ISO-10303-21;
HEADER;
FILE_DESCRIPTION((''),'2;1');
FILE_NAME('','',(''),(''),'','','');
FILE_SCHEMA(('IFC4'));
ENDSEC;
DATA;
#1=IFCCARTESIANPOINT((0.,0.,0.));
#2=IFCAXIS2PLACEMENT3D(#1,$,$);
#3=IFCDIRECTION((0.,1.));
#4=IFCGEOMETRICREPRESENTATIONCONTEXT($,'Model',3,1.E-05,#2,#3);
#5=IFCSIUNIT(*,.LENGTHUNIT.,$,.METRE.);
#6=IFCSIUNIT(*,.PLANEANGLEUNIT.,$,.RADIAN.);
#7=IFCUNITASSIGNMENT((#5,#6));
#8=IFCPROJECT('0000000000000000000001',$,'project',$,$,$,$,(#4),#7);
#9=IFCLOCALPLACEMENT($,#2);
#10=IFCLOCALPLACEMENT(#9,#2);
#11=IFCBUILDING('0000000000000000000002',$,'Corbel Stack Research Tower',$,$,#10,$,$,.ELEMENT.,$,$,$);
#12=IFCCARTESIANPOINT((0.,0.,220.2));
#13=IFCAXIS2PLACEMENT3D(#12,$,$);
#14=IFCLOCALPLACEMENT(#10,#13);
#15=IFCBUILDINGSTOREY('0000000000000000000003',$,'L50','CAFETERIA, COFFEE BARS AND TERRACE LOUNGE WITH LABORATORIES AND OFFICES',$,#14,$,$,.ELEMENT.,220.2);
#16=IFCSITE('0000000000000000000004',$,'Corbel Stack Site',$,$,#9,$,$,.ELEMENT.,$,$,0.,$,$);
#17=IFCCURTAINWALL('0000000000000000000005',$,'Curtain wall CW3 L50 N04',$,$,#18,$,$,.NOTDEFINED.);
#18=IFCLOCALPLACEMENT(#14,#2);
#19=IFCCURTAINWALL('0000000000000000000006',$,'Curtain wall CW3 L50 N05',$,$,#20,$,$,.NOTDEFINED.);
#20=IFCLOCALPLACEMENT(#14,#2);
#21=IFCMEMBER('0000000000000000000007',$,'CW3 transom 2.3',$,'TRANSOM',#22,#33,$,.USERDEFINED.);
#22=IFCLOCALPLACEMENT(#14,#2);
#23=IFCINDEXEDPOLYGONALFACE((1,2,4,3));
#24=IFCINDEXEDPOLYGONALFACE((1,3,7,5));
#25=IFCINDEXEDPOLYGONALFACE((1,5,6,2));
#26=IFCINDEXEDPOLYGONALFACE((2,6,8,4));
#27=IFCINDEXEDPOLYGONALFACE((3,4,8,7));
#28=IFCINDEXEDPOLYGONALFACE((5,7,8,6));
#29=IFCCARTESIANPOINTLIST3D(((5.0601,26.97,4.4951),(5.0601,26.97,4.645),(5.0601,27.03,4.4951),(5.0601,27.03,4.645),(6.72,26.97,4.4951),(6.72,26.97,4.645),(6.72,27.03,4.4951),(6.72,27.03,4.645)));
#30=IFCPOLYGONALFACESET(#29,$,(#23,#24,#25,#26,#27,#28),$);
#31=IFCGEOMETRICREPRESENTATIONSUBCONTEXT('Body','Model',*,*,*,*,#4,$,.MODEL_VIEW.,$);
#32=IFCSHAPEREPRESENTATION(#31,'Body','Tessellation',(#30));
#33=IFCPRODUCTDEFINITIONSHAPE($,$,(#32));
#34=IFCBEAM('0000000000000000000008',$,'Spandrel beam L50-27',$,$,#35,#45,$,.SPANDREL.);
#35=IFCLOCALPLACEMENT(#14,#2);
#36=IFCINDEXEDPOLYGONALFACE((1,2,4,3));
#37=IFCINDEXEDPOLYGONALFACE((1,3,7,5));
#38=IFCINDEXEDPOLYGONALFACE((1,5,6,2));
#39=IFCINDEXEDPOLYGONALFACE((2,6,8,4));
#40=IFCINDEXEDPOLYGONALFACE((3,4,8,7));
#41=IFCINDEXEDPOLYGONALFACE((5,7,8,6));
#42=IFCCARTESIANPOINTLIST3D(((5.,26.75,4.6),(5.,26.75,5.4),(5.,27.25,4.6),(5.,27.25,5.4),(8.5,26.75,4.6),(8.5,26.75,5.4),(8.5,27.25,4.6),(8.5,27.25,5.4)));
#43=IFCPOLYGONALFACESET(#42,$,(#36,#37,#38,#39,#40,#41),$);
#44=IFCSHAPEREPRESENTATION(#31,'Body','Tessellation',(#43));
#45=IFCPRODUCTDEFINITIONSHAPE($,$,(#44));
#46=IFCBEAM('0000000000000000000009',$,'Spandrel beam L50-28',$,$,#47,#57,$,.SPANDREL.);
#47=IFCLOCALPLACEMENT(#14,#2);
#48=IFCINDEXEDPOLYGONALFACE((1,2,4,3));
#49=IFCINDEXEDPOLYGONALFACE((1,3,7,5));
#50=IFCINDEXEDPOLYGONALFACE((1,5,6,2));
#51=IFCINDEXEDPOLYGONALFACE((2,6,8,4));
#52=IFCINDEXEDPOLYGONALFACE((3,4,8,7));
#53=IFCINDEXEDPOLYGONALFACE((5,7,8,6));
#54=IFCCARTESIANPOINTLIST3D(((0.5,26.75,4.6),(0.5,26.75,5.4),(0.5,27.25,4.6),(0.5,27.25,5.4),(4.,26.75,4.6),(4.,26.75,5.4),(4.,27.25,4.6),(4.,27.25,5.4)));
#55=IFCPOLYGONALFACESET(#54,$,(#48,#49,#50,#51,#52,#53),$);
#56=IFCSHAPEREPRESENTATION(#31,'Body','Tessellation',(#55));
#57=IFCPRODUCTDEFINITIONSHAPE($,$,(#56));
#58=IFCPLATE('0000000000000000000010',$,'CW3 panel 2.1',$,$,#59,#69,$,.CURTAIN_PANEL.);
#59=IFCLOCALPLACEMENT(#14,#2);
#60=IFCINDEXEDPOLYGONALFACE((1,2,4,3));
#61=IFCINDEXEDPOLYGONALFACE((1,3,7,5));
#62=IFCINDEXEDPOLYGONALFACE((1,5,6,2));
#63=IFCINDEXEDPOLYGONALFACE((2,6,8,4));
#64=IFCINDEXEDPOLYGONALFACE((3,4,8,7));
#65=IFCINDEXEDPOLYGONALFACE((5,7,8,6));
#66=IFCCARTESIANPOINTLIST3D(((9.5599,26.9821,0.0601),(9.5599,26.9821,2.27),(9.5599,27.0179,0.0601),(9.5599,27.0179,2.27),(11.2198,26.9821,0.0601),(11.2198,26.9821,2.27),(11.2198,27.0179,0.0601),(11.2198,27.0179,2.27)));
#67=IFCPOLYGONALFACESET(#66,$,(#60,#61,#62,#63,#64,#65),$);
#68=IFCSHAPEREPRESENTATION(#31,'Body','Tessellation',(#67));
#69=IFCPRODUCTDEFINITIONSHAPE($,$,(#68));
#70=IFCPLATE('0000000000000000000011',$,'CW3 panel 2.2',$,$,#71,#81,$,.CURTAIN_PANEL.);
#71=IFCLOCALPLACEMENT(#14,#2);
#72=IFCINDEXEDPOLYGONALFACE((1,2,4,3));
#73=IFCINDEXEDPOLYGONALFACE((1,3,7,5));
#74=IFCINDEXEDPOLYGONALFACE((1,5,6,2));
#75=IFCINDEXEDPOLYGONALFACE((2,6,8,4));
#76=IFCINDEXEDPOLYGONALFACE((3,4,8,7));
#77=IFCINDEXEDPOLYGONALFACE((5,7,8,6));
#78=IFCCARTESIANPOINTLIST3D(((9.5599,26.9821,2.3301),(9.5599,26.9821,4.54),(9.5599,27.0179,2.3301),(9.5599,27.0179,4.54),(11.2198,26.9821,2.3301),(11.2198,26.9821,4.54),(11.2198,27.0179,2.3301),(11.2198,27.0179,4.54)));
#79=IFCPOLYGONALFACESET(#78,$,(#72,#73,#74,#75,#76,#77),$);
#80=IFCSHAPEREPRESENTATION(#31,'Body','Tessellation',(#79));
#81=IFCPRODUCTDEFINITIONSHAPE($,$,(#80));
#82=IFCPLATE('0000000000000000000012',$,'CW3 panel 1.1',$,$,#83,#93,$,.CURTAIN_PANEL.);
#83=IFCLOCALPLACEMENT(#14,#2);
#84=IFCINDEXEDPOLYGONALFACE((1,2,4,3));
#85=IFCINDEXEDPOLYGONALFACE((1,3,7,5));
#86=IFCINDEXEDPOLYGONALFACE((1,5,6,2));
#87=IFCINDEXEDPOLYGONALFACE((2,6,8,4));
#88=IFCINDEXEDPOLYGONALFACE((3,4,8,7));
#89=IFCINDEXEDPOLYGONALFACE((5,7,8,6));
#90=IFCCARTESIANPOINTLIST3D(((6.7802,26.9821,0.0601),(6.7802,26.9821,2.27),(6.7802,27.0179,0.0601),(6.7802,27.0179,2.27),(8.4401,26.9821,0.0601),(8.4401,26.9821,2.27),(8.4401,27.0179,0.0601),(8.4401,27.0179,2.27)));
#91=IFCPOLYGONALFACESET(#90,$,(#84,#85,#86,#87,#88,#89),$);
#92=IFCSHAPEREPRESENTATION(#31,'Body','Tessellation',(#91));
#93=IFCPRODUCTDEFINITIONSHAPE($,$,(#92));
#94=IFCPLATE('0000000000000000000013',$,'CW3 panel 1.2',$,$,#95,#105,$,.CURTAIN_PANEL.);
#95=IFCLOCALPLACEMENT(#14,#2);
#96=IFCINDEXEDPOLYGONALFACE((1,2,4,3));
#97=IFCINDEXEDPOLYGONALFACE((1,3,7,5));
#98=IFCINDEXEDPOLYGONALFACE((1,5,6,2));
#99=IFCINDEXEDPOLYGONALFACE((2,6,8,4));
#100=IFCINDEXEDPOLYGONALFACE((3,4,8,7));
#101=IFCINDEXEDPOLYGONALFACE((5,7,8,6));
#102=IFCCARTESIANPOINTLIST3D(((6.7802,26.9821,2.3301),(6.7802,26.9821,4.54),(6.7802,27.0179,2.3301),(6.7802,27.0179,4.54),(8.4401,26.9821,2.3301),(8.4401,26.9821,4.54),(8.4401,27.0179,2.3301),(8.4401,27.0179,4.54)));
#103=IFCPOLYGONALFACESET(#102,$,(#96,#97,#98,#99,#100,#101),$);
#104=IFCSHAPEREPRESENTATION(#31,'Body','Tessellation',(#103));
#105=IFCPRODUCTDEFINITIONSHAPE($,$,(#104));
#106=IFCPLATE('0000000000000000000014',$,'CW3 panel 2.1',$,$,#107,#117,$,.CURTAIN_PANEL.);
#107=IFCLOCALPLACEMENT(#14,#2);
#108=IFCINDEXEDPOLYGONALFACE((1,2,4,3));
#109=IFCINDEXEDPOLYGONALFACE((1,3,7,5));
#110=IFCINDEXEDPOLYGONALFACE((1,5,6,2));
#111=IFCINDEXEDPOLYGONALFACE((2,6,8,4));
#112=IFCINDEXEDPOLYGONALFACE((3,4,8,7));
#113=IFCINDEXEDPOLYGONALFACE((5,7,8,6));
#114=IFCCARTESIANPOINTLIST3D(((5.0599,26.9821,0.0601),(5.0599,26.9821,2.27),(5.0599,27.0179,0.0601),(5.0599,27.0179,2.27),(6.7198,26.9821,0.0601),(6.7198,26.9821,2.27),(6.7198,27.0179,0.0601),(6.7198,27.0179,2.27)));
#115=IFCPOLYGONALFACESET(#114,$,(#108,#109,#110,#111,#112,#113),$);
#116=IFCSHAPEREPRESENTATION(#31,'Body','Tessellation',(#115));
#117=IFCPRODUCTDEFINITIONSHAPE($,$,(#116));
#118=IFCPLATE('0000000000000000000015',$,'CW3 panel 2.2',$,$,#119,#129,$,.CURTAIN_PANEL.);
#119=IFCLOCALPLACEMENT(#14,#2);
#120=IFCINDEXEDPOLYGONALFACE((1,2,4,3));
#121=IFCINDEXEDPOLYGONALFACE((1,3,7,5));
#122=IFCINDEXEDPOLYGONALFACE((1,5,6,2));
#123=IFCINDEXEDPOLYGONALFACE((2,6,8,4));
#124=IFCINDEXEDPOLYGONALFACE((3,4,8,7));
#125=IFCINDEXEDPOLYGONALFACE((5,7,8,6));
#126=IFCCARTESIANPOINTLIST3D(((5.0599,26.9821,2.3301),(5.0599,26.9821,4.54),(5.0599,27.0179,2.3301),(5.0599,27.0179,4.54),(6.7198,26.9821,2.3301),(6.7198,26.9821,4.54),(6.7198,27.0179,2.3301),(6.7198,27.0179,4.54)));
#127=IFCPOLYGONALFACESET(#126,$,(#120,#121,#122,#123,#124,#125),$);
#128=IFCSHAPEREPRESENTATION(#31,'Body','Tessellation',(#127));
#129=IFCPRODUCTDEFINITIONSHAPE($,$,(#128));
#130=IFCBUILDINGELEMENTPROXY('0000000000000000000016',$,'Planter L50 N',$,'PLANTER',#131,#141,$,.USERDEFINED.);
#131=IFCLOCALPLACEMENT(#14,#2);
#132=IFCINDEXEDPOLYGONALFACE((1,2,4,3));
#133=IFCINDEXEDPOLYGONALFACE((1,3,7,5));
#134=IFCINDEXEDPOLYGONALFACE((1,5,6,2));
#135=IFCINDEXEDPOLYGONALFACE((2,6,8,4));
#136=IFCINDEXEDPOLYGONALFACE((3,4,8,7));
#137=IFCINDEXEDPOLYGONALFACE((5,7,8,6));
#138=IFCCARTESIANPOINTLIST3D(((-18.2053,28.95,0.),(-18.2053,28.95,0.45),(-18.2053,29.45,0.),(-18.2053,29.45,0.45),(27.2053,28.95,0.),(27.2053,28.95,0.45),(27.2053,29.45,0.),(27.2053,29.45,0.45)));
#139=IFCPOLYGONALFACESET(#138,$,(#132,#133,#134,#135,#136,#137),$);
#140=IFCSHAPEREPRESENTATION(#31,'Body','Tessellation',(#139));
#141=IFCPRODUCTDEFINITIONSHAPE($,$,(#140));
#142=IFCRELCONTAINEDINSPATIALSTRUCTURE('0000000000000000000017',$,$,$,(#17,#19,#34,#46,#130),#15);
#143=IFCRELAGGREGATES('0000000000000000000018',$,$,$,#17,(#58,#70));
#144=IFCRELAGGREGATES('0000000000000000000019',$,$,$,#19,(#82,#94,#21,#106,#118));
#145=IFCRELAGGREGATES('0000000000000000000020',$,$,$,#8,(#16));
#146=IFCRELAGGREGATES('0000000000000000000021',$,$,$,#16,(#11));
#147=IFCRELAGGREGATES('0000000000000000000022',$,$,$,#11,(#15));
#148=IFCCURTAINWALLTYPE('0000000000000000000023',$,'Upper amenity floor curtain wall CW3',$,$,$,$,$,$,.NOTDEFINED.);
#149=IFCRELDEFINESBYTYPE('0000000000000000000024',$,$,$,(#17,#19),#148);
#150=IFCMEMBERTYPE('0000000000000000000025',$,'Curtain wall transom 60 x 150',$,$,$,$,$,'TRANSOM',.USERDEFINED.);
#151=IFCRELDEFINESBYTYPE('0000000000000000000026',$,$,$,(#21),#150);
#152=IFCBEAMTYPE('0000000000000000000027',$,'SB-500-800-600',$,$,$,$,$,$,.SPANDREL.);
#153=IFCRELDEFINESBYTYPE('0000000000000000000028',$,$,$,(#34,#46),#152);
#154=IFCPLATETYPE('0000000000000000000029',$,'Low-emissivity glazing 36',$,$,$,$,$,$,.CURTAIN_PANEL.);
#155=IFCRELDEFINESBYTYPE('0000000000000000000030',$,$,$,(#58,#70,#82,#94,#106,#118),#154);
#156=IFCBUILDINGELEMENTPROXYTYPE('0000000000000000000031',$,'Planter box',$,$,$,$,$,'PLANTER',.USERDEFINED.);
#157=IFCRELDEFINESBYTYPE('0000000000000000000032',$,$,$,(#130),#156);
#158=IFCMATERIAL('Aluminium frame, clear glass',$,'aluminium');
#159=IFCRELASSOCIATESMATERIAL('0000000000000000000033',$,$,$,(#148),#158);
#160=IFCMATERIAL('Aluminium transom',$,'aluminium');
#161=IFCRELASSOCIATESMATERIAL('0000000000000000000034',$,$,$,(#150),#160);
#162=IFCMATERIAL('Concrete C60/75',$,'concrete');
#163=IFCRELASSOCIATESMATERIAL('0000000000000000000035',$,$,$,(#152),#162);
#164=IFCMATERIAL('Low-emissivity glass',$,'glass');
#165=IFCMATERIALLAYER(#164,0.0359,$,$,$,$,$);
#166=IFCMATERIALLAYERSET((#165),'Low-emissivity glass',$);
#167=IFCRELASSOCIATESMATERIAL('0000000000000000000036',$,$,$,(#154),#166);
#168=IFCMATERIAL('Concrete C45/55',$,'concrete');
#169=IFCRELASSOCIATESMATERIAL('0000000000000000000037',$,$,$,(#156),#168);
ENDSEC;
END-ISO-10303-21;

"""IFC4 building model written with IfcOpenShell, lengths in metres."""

from ifc_helpers import new_model, si_unit, direction, frame, origin, origin_2d, place, context, subcontext, project, spatial, rectangle, extrude, material, layer, layer_set, material_profile, profile_set, type_object, element, aggregate, save


model = new_model("IFC4")

# Units and contexts
model_context = context("Model", 3, precision=1e-05, world=origin(), true_north=direction((0.0, 1.0)))
body_context = subcontext(model_context, "Body", "Model", "MODEL_VIEW")
ifc_project = project(units=[si_unit("LENGTHUNIT", "METRE"), si_unit("PLANEANGLEUNIT", "RADIAN")], contexts=[model_context])

# Site, building, storey
site_placement = place(None, origin())
site = spatial("IfcSite", under=ifc_project, at=site_placement, Name="Corbel Stack Site", CompositionType="ELEMENT", RefElevation=0.0)
building_placement = place(site_placement, origin())
building = spatial("IfcBuilding", under=site, at=building_placement, Name="Corbel Stack Research Tower", CompositionType="ELEMENT")
storey_placement = place(building_placement, frame((0.0, 0.0, 220.2)))
storey = spatial("IfcBuildingStorey", under=building, at=storey_placement, Name="L50", Description="CAFETERIA, COFFEE BARS AND TERRACE LOUNGE WITH LABORATORIES AND OFFICES", CompositionType="ELEMENT", Elevation=220.2)

# Curtain wall
ifc_material_1 = material(Name="Aluminium frame, clear glass", Category="aluminium")
curtain_wall_type = type_object("IfcCurtainWallType", Name="Upper amenity floor curtain wall CW3", PredefinedType="NOTDEFINED", material=ifc_material_1)
curtain_wall_1_placement = place(storey_placement, origin())
curtain_wall_1 = element("IfcCurtainWall", 1, at=curtain_wall_1_placement, inside=storey, type_object=curtain_wall_type, Name="Curtain wall CW3 L50 N04", PredefinedType="NOTDEFINED")

# Curtain wall
curtain_wall_2_placement = place(storey_placement, origin())
curtain_wall_2 = element("IfcCurtainWall", 2, at=curtain_wall_2_placement, inside=storey, type_object=curtain_wall_type, Name="Curtain wall CW3 L50 N05", PredefinedType="NOTDEFINED")

# Member
ifc_material_2 = material(Name="Aluminium transom", Category="aluminium")
ifc_material_profile_1 = material_profile(ifc_material_2, rectangle(XDim=0.0601, YDim=0.1499, at=origin_2d()), Name="Transom 60 x 150")
ifc_profile_set_1 = profile_set([ifc_material_profile_1], Name="Aluminium transom")
member_type_1 = type_object("IfcMemberType", Name="Curtain wall transom 60 x 150", ElementType="TRANSOM", PredefinedType="USERDEFINED", material=ifc_profile_set_1)
member_1_placement = place(storey_placement, frame((6.72, 27.0, 4.5701), z_axis=(-1.0, 0.0, 0.0), x_axis=(0.0, -1.0, 0.0)))
member_1 = element("IfcMember", 3, at=member_1_placement, type_object=member_type_1, Name="CW3 transom 2.3", ObjectType="TRANSOM", PredefinedType="USERDEFINED", context=body_context, shape_type="SweptSolid", body=[
    extrude(rectangle(XDim=0.0601, YDim=0.1499, at=origin_2d()), origin(), (0.0, 0.0, 1.0), 1.6599),
])

# Beams
ifc_material_3 = material(Name="Concrete C60/75", Category="concrete")
ifc_material_profile_2 = material_profile(ifc_material_3, rectangle(XDim=0.5, YDim=0.8, at=origin_2d()), Name="RC 500 x 800")
ifc_profile_set_2 = profile_set([ifc_material_profile_2], Name="Concrete C60/75")
beam_type = type_object("IfcBeamType", Name="SB-500-800-600", PredefinedType="SPANDREL", material=ifc_profile_set_2)
for number, where, z_axis, x_axis, name in (
    (4, (8.5, 27.0, 5.0), (-1.0, 0.0, 0.0), (0.0, -1.0, 0.0), "Spandrel beam L50-27"),
    (5, (4.0, 27.0, 5.0), (-1.0, 0.0, 0.0), (0.0, -1.0, 0.0), "Spandrel beam L50-28"),
):
    element("IfcBeam", number, at=place(storey_placement, frame(where, z_axis=z_axis, x_axis=x_axis)), inside=storey, type_object=beam_type, Name=name, PredefinedType="SPANDREL", context=body_context, shape_type="SweptSolid", body=[
        extrude(rectangle(XDim=0.5, YDim=0.8, at=origin_2d()), origin(), (0.0, 0.0, 1.0), 3.5),
    ])

# Plates
ifc_material_4 = material(Name="Low-emissivity glass", Category="glass")
ifc_layer = layer(ifc_material_4, 0.0359)
ifc_layer_set = layer_set([ifc_layer], Name="Low-emissivity glass")
plate_type = type_object("IfcPlateType", Name="Low-emissivity glazing 36", PredefinedType="CURTAIN_PANEL", material=ifc_layer_set)
plate_1_placement = place(storey_placement, frame((10.3899, 27.0, 0.0601), z_axis=(0.0, 0.0, 1.0), x_axis=(-1.0, 0.0, 0.0)))
plate_1 = element("IfcPlate", 6, at=plate_1_placement, type_object=plate_type, Name="CW3 panel 2.1", PredefinedType="CURTAIN_PANEL", context=body_context, shape_type="SweptSolid", body=[
    extrude(rectangle(XDim=1.6599, YDim=0.0359, at=origin_2d()), origin(), (0.0, 0.0, 1.0), 2.21),
])
plate_2_placement = place(storey_placement, frame((10.3899, 27.0, 2.3301), z_axis=(0.0, 0.0, 1.0), x_axis=(-1.0, 0.0, 0.0)))
plate_2 = element("IfcPlate", 7, at=plate_2_placement, type_object=plate_type, Name="CW3 panel 2.2", PredefinedType="CURTAIN_PANEL", context=body_context, shape_type="SweptSolid", body=[
    extrude(rectangle(XDim=1.6599, YDim=0.0359, at=origin_2d()), origin(), (0.0, 0.0, 1.0), 2.21),
])
aggregate(curtain_wall_1, [plate_1, plate_2])
plate_3_placement = place(storey_placement, frame((7.6101, 27.0, 0.0601), z_axis=(0.0, 0.0, 1.0), x_axis=(-1.0, 0.0, 0.0)))
plate_3 = element("IfcPlate", 8, at=plate_3_placement, type_object=plate_type, Name="CW3 panel 1.1", PredefinedType="CURTAIN_PANEL", context=body_context, shape_type="SweptSolid", body=[
    extrude(rectangle(XDim=1.6599, YDim=0.0359, at=origin_2d()), origin(), (0.0, 0.0, 1.0), 2.21),
])
plate_4_placement = place(storey_placement, frame((7.6101, 27.0, 2.3301), z_axis=(0.0, 0.0, 1.0), x_axis=(-1.0, 0.0, 0.0)))
plate_4 = element("IfcPlate", 9, at=plate_4_placement, type_object=plate_type, Name="CW3 panel 1.2", PredefinedType="CURTAIN_PANEL", context=body_context, shape_type="SweptSolid", body=[
    extrude(rectangle(XDim=1.6599, YDim=0.0359, at=origin_2d()), origin(), (0.0, 0.0, 1.0), 2.21),
])
plate_5_placement = place(storey_placement, frame((5.8899, 27.0, 0.0601), z_axis=(0.0, 0.0, 1.0), x_axis=(-1.0, 0.0, 0.0)))
plate_5 = element("IfcPlate", 10, at=plate_5_placement, type_object=plate_type, Name="CW3 panel 2.1", PredefinedType="CURTAIN_PANEL", context=body_context, shape_type="SweptSolid", body=[
    extrude(rectangle(XDim=1.6599, YDim=0.0359, at=origin_2d()), origin(), (0.0, 0.0, 1.0), 2.21),
])
plate_6_placement = place(storey_placement, frame((5.8899, 27.0, 2.3301), z_axis=(0.0, 0.0, 1.0), x_axis=(-1.0, 0.0, 0.0)))
plate_6 = element("IfcPlate", 11, at=plate_6_placement, type_object=plate_type, Name="CW3 panel 2.2", PredefinedType="CURTAIN_PANEL", context=body_context, shape_type="SweptSolid", body=[
    extrude(rectangle(XDim=1.6599, YDim=0.0359, at=origin_2d()), origin(), (0.0, 0.0, 1.0), 2.21),
])
aggregate(curtain_wall_2, [plate_3, plate_4, member_1, plate_5, plate_6])

# Building element proxy
ifc_material_5 = material(Name="Concrete C45/55", Category="concrete")
building_element_proxy_type = type_object("IfcBuildingElementProxyType", Name="Planter box", ElementType="PLANTER", PredefinedType="USERDEFINED", material=ifc_material_5)
proxy_placement = place(storey_placement, frame((4.5, 29.2, 0.0), z_axis=(0.0, 0.0, 1.0), x_axis=(-1.0, 0.0, 0.0)))
element("IfcBuildingElementProxy", 12, at=proxy_placement, inside=storey, type_object=building_element_proxy_type, Name="Planter L50 N", ObjectType="PLANTER", PredefinedType="USERDEFINED", context=body_context, shape_type="SweptSolid", body=[
    extrude(rectangle(XDim=45.4106, YDim=0.5, at=origin_2d()), origin(), (0.0, 0.0, 1.0), 0.45),
])

save(model, "model.ifc")
